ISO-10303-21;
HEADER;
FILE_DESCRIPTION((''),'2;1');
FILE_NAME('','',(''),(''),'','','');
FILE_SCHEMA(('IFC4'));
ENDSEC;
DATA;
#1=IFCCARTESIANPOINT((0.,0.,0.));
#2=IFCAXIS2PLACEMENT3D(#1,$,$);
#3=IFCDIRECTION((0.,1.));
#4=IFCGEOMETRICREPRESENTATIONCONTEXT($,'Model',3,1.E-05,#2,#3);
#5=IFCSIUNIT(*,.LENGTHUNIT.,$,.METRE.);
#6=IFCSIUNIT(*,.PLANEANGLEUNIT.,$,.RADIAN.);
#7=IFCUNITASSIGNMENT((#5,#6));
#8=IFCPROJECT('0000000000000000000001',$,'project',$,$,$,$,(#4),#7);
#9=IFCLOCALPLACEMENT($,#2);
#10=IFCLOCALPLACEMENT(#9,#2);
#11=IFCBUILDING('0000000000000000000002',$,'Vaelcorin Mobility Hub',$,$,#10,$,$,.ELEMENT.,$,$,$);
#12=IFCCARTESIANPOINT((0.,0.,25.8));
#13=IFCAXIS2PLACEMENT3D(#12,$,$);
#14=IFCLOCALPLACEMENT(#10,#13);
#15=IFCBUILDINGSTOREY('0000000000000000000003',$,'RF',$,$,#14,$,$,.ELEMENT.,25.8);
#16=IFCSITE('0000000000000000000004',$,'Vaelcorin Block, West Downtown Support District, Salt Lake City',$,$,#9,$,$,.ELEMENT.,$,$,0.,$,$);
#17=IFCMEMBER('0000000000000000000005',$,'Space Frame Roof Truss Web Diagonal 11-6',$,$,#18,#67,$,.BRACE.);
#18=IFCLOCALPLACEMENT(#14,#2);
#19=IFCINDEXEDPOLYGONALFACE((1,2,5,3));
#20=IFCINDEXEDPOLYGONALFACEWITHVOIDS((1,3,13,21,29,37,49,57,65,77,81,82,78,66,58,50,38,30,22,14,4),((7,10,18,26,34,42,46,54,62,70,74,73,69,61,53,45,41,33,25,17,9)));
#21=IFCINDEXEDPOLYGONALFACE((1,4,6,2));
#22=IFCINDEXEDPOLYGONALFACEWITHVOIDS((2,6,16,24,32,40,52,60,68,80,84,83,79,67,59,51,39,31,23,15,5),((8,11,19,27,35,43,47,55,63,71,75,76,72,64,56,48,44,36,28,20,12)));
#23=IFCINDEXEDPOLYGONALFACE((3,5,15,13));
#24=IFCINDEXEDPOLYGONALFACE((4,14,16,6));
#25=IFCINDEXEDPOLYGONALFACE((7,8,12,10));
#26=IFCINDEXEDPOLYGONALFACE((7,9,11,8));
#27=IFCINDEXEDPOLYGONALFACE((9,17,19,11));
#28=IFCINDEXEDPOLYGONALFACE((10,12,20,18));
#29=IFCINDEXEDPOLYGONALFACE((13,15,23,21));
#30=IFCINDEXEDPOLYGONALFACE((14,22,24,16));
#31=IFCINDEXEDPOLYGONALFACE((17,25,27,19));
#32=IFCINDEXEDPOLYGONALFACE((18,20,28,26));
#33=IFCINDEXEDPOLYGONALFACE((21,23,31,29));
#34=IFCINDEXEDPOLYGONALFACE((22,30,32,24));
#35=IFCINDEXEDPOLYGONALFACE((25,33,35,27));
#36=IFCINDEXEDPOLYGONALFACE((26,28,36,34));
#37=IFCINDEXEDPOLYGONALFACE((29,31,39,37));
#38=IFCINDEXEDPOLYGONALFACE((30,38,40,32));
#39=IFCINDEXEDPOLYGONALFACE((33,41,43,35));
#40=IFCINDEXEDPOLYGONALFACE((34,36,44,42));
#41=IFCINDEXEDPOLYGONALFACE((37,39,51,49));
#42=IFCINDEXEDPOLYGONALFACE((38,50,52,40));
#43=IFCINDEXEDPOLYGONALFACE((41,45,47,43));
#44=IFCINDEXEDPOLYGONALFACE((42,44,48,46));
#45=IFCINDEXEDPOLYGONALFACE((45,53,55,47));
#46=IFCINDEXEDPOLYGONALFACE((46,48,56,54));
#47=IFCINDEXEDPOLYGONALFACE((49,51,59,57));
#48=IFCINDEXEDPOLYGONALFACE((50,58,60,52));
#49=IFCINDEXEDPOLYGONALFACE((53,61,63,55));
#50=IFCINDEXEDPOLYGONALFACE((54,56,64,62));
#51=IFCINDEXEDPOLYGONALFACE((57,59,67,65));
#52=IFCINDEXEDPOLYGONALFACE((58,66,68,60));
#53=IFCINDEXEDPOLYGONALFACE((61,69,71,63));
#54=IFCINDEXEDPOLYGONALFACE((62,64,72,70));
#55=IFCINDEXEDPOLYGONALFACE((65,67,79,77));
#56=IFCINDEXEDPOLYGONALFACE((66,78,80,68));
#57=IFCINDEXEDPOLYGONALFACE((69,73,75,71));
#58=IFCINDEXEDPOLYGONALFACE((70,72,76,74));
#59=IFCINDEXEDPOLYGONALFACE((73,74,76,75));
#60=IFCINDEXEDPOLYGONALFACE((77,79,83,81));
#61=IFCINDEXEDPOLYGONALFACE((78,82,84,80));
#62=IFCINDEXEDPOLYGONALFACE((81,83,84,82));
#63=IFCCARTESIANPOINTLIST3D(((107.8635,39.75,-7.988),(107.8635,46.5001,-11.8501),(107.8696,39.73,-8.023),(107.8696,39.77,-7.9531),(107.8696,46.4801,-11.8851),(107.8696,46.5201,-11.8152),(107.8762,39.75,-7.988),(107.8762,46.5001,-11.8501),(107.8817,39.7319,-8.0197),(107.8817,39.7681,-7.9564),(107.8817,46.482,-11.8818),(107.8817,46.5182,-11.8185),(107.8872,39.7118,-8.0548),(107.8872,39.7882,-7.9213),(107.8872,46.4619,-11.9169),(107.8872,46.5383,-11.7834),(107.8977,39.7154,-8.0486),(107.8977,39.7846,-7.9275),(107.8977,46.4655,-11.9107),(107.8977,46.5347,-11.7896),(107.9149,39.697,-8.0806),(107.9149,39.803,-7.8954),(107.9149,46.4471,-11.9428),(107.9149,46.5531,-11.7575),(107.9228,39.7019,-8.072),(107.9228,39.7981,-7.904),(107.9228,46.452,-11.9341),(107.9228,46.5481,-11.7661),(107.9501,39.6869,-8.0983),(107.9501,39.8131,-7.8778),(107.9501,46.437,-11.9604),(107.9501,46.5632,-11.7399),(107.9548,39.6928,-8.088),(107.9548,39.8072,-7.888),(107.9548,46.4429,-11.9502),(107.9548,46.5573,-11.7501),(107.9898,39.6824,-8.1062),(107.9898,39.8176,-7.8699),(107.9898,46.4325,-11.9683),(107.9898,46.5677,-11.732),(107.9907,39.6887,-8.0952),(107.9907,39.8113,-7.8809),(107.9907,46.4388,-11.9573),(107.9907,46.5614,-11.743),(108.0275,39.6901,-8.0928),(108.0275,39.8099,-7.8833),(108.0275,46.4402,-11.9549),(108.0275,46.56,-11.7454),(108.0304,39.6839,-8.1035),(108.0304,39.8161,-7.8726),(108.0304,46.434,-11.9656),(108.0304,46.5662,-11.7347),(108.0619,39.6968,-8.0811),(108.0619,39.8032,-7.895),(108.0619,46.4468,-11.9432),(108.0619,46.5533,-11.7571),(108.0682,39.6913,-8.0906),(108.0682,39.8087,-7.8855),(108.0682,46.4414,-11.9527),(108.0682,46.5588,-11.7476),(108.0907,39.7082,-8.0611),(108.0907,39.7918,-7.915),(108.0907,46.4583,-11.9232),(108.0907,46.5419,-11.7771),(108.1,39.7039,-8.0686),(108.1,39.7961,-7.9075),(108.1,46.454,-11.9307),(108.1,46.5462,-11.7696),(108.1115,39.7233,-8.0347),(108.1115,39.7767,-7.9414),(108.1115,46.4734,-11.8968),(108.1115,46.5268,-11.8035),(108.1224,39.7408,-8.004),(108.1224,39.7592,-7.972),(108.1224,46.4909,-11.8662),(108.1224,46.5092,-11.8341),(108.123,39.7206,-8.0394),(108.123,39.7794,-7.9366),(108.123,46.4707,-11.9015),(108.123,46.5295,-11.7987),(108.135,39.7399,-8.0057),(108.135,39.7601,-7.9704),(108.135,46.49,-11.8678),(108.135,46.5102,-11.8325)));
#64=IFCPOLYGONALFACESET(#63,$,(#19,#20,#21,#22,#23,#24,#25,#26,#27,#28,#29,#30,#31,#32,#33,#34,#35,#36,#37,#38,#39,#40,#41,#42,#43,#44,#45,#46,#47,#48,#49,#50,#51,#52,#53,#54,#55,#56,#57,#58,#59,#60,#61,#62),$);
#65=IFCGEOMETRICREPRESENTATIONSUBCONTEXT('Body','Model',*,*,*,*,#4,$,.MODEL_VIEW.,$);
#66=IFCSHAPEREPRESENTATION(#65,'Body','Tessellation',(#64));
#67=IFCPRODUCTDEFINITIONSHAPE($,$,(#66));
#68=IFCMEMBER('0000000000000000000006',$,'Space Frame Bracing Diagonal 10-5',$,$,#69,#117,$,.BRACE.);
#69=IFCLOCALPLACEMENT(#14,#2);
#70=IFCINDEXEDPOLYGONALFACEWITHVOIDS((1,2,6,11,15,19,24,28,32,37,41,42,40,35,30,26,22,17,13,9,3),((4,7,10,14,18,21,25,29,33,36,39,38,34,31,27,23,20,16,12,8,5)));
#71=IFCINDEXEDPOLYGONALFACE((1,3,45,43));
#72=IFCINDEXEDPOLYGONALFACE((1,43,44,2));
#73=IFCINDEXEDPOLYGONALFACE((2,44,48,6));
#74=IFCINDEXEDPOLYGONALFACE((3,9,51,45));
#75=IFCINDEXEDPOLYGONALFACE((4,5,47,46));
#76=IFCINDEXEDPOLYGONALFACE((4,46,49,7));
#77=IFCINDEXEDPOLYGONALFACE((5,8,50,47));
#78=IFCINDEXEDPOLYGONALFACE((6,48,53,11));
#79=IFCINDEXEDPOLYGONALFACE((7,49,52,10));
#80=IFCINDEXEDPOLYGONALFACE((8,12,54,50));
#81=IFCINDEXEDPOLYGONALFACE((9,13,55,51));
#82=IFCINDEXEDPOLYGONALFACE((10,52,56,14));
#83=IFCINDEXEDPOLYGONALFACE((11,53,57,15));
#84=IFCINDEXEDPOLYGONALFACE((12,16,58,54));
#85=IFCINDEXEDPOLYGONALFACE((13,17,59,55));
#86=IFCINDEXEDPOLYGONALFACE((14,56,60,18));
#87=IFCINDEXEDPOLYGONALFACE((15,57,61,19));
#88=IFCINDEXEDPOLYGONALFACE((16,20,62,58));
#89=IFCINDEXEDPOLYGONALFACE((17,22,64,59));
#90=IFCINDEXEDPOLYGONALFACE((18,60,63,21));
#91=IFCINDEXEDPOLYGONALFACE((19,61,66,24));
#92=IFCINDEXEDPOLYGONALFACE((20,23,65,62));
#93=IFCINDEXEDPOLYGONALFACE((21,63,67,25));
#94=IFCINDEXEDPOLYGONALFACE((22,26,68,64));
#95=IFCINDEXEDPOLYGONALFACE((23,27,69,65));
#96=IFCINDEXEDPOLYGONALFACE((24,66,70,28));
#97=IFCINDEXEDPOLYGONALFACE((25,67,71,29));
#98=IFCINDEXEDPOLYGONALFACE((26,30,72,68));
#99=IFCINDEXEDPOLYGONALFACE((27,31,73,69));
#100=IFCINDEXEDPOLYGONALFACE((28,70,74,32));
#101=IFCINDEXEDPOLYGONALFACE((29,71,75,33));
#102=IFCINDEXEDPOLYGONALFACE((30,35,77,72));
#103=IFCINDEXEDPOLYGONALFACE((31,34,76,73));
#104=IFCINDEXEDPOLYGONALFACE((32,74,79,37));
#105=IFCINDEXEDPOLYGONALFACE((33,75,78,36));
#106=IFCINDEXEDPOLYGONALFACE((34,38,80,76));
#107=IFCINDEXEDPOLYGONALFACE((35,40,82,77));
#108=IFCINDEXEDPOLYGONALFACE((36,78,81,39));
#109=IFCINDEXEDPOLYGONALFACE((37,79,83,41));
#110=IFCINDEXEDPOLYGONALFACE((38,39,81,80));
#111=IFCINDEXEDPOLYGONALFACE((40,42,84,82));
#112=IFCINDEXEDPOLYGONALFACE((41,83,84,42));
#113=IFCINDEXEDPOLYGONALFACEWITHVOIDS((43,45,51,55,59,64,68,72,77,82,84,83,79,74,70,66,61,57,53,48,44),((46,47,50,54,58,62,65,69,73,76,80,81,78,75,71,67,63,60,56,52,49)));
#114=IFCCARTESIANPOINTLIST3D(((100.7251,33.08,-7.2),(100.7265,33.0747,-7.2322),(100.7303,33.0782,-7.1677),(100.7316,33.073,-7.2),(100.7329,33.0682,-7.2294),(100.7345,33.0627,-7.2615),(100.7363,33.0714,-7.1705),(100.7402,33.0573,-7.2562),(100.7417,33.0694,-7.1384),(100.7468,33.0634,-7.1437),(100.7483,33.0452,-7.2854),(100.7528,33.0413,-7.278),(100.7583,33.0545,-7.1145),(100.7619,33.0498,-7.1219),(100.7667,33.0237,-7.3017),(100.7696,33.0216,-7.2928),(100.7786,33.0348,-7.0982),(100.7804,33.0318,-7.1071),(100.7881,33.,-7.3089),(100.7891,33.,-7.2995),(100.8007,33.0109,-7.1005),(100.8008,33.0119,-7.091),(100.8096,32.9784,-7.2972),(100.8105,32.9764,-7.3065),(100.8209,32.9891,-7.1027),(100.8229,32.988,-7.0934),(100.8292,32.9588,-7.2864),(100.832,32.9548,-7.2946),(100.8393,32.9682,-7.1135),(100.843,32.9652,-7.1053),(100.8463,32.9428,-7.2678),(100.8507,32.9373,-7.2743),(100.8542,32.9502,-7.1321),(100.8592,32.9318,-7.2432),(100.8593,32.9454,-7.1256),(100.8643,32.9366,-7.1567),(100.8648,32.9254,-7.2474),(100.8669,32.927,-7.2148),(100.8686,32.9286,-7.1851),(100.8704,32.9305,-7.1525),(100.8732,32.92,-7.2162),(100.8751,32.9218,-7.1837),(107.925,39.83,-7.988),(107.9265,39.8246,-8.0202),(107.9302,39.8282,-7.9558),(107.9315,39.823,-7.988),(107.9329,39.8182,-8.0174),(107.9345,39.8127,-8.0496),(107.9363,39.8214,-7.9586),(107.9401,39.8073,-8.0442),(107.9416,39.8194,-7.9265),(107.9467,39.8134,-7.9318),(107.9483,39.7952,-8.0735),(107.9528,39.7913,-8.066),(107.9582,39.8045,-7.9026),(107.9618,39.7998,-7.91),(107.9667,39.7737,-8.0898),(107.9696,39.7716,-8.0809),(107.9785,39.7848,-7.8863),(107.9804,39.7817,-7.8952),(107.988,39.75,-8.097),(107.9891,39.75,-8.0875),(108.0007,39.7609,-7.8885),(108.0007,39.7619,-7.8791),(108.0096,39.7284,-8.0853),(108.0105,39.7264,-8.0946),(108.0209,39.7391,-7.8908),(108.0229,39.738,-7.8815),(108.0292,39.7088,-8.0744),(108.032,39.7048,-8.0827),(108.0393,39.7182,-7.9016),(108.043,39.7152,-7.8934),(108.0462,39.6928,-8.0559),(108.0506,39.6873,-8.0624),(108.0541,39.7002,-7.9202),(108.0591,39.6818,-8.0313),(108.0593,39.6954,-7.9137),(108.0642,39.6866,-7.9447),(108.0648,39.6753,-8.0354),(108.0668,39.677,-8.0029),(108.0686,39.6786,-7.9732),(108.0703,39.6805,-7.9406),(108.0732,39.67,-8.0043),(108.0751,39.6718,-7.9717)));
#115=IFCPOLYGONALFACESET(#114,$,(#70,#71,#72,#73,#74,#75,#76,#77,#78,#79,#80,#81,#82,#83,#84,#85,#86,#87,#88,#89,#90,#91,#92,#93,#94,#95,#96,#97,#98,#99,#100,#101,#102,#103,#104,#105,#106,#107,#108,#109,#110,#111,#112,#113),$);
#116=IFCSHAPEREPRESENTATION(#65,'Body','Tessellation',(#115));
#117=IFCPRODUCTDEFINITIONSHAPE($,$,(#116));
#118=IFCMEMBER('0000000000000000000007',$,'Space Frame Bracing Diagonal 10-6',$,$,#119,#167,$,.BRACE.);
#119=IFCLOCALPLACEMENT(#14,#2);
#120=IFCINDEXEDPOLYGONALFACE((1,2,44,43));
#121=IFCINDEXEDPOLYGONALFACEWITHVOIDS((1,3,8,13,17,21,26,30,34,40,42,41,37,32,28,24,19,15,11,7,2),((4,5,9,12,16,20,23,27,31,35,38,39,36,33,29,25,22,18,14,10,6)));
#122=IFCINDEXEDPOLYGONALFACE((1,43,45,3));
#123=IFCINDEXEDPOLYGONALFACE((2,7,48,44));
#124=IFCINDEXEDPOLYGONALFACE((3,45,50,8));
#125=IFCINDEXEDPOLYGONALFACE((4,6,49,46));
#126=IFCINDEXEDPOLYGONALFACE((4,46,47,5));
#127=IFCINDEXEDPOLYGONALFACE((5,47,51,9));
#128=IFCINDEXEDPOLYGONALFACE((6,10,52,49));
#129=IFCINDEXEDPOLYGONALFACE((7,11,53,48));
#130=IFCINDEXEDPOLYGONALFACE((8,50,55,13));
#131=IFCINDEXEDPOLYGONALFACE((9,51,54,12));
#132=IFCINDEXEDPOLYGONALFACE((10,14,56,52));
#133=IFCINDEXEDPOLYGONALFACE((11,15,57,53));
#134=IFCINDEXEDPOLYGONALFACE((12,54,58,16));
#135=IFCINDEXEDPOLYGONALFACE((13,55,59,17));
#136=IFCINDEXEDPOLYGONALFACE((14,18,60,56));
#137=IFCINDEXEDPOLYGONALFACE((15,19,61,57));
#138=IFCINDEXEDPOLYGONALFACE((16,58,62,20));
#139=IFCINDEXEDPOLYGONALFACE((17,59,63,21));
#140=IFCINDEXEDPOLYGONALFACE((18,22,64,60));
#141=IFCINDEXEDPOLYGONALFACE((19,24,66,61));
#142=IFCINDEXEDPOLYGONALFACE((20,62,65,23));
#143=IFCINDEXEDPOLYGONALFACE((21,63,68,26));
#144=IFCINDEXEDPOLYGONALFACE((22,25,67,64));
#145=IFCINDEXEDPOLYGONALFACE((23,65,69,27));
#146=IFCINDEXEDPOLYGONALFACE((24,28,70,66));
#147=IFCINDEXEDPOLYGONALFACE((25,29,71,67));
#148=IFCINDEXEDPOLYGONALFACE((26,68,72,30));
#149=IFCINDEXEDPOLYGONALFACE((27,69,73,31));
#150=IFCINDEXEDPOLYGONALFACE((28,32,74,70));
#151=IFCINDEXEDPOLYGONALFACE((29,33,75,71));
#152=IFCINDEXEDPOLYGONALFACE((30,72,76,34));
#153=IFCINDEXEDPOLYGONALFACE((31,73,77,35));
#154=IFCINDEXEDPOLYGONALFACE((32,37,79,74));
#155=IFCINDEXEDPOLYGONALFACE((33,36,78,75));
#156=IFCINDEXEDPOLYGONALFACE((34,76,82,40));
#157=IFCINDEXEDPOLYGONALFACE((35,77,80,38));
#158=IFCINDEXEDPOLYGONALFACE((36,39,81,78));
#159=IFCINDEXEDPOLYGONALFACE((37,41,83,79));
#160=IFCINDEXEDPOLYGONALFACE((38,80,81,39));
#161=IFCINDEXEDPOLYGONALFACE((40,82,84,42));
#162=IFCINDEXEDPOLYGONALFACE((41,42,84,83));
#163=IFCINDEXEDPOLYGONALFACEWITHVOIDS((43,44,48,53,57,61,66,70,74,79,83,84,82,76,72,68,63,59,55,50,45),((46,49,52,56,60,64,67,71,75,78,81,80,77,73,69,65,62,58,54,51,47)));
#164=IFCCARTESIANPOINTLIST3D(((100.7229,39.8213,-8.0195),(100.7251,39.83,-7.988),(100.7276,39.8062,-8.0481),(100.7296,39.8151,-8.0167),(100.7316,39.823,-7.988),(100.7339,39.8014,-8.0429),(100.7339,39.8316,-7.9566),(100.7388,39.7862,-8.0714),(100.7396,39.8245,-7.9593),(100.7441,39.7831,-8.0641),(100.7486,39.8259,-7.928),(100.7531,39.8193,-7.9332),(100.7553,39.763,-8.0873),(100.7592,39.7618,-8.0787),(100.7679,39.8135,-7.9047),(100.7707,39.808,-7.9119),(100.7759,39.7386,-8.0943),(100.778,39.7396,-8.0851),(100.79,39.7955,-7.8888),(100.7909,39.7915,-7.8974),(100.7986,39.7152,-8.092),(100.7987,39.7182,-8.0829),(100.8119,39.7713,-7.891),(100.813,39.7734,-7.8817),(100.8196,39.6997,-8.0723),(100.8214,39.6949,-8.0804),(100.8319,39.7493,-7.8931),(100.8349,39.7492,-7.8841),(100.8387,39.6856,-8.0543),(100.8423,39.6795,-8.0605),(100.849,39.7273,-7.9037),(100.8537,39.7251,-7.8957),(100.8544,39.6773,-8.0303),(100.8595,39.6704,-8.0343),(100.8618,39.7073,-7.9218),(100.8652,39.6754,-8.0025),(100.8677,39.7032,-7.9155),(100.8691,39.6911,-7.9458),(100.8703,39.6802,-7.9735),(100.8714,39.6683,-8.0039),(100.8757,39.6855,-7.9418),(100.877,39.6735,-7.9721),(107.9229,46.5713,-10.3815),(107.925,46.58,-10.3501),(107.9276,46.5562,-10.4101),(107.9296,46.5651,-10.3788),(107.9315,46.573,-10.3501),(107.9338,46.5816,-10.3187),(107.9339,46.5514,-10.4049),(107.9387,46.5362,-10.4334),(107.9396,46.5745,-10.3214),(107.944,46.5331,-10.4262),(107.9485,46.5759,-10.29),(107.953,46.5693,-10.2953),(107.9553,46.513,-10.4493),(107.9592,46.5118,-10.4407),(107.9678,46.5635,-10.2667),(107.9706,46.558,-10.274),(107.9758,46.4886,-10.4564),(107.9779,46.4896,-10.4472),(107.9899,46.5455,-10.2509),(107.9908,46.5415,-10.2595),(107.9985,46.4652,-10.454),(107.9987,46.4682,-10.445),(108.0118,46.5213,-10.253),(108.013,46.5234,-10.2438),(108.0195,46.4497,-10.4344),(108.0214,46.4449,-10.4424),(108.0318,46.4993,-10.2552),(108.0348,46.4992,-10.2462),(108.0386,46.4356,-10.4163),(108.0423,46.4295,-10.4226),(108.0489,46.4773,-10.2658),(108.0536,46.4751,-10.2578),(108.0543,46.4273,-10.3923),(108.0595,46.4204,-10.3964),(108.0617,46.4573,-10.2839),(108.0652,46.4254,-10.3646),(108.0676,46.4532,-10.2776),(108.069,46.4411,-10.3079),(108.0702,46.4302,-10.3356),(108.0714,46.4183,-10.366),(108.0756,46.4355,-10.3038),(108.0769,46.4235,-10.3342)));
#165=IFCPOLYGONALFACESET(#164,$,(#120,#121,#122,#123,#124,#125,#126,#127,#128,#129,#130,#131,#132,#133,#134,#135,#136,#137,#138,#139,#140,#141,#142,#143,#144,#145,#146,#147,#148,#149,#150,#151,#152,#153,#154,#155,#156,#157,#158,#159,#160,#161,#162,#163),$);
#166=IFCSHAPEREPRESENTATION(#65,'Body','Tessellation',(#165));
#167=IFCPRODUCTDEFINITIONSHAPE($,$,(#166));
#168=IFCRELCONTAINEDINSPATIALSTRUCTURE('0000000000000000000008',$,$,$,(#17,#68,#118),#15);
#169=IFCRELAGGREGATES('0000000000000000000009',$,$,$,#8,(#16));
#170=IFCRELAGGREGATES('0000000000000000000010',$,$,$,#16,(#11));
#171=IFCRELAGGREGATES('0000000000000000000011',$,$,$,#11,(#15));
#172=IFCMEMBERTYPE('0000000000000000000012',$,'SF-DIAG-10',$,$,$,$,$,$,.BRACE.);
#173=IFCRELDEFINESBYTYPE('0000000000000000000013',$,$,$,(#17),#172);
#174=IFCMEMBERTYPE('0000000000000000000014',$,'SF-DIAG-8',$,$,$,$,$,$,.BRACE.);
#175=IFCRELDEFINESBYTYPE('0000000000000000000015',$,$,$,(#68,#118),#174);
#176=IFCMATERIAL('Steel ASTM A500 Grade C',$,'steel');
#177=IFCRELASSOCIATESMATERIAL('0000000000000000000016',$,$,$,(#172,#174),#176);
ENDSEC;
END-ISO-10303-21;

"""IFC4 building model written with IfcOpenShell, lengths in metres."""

from ifc_helpers import new_model, si_unit, direction, frame, origin, origin_2d, place, context, subcontext, project, spatial, hollow_circle, extrude, material, material_profile, profile_set, type_object, element, save


model = new_model("IFC4")

# Units and contexts
model_context = context("Model", 3, precision=1e-05, world=origin(), true_north=direction((0.0, 1.0)))
body_context = subcontext(model_context, "Body", "Model", "MODEL_VIEW")
ifc_project = project(units=[si_unit("LENGTHUNIT", "METRE"), si_unit("PLANEANGLEUNIT", "RADIAN")], contexts=[model_context])

# Site, building, storey
site_placement = place(None, origin())
site = spatial("IfcSite", under=ifc_project, at=site_placement, Name="Vaelcorin Block, West Downtown Support District, Salt Lake City", CompositionType="ELEMENT", RefElevation=0.0)
building_placement = place(site_placement, origin())
building = spatial("IfcBuilding", under=site, at=building_placement, Name="Vaelcorin Mobility Hub", CompositionType="ELEMENT")
storey_placement = place(building_placement, frame((0.0, 0.0, 25.8)))
storey = spatial("IfcBuildingStorey", under=building, at=storey_placement, Name="RF", CompositionType="ELEMENT", Elevation=25.8)

# Members
ifc_material_1 = material(Name="Steel ASTM A500 Grade C", Category="steel")
ifc_material_profile_1 = material_profile(ifc_material_1, hollow_circle(Radius=0.1365, WallThickness=0.0127, at=origin_2d()), Name="HSS10.750X0.500")
ifc_profile_set_1 = profile_set([ifc_material_profile_1], Name="Steel ASTM A500 Grade C")
member_type_1 = type_object("IfcMemberType", Name="SF-DIAG-10", PredefinedType="BRACE", material=ifc_profile_set_1)
member_1_placement = place(storey_placement, frame((108.0, 39.75, -7.988), z_axis=(0.0, 0.867971, -0.496616), x_axis=(-1.0, 0.0, 0.0)))
element("IfcMember", 1, at=member_1_placement, inside=storey, type_object=member_type_1, Name="Space Frame Roof Truss Web Diagonal 11-6", PredefinedType="BRACE", context=body_context, shape_type="SweptSolid", body=[
    extrude(hollow_circle(Radius=0.1365, WallThickness=0.0127, at=origin_2d()), origin(), (0.0, 0.0, 1.0), 7.7769),
])
ifc_material_profile_2 = material_profile(ifc_material_1, hollow_circle(Radius=0.1096, WallThickness=0.0095, at=origin_2d()), Name="HSS8.625X0.375")
ifc_profile_set_2 = profile_set([ifc_material_profile_2], Name="Steel ASTM A500 Grade C")
member_type_2 = type_object("IfcMemberType", Name="SF-DIAG-8", PredefinedType="BRACE", material=ifc_profile_set_2)
member_2_placement = place(storey_placement, frame((100.8, 33.0, -7.2), z_axis=(0.72722, 0.681773, -0.079599), x_axis=(-0.683944, 0.729535, 0.0)))
element("IfcMember", 2, at=member_2_placement, inside=storey, type_object=member_type_2, Name="Space Frame Bracing Diagonal 10-5", PredefinedType="BRACE", context=body_context, shape_type="SweptSolid", body=[
    extrude(hollow_circle(Radius=0.1096, WallThickness=0.0095, at=origin_2d()), origin(), (0.0, 0.0, 1.0), 9.9006),
])
member_3_placement = place(storey_placement, frame((100.8, 39.75, -7.988), z_axis=(0.709497, 0.665158, -0.232762), x_axis=(-0.683944, 0.729535, 0.0)))
element("IfcMember", 3, at=member_3_placement, inside=storey, type_object=member_type_2, Name="Space Frame Bracing Diagonal 10-6", PredefinedType="BRACE", context=body_context, shape_type="SweptSolid", body=[
    extrude(hollow_circle(Radius=0.1096, WallThickness=0.0095, at=origin_2d()), origin(), (0.0, 0.0, 1.0), 10.1479),
])

save(model, "model.ifc")
